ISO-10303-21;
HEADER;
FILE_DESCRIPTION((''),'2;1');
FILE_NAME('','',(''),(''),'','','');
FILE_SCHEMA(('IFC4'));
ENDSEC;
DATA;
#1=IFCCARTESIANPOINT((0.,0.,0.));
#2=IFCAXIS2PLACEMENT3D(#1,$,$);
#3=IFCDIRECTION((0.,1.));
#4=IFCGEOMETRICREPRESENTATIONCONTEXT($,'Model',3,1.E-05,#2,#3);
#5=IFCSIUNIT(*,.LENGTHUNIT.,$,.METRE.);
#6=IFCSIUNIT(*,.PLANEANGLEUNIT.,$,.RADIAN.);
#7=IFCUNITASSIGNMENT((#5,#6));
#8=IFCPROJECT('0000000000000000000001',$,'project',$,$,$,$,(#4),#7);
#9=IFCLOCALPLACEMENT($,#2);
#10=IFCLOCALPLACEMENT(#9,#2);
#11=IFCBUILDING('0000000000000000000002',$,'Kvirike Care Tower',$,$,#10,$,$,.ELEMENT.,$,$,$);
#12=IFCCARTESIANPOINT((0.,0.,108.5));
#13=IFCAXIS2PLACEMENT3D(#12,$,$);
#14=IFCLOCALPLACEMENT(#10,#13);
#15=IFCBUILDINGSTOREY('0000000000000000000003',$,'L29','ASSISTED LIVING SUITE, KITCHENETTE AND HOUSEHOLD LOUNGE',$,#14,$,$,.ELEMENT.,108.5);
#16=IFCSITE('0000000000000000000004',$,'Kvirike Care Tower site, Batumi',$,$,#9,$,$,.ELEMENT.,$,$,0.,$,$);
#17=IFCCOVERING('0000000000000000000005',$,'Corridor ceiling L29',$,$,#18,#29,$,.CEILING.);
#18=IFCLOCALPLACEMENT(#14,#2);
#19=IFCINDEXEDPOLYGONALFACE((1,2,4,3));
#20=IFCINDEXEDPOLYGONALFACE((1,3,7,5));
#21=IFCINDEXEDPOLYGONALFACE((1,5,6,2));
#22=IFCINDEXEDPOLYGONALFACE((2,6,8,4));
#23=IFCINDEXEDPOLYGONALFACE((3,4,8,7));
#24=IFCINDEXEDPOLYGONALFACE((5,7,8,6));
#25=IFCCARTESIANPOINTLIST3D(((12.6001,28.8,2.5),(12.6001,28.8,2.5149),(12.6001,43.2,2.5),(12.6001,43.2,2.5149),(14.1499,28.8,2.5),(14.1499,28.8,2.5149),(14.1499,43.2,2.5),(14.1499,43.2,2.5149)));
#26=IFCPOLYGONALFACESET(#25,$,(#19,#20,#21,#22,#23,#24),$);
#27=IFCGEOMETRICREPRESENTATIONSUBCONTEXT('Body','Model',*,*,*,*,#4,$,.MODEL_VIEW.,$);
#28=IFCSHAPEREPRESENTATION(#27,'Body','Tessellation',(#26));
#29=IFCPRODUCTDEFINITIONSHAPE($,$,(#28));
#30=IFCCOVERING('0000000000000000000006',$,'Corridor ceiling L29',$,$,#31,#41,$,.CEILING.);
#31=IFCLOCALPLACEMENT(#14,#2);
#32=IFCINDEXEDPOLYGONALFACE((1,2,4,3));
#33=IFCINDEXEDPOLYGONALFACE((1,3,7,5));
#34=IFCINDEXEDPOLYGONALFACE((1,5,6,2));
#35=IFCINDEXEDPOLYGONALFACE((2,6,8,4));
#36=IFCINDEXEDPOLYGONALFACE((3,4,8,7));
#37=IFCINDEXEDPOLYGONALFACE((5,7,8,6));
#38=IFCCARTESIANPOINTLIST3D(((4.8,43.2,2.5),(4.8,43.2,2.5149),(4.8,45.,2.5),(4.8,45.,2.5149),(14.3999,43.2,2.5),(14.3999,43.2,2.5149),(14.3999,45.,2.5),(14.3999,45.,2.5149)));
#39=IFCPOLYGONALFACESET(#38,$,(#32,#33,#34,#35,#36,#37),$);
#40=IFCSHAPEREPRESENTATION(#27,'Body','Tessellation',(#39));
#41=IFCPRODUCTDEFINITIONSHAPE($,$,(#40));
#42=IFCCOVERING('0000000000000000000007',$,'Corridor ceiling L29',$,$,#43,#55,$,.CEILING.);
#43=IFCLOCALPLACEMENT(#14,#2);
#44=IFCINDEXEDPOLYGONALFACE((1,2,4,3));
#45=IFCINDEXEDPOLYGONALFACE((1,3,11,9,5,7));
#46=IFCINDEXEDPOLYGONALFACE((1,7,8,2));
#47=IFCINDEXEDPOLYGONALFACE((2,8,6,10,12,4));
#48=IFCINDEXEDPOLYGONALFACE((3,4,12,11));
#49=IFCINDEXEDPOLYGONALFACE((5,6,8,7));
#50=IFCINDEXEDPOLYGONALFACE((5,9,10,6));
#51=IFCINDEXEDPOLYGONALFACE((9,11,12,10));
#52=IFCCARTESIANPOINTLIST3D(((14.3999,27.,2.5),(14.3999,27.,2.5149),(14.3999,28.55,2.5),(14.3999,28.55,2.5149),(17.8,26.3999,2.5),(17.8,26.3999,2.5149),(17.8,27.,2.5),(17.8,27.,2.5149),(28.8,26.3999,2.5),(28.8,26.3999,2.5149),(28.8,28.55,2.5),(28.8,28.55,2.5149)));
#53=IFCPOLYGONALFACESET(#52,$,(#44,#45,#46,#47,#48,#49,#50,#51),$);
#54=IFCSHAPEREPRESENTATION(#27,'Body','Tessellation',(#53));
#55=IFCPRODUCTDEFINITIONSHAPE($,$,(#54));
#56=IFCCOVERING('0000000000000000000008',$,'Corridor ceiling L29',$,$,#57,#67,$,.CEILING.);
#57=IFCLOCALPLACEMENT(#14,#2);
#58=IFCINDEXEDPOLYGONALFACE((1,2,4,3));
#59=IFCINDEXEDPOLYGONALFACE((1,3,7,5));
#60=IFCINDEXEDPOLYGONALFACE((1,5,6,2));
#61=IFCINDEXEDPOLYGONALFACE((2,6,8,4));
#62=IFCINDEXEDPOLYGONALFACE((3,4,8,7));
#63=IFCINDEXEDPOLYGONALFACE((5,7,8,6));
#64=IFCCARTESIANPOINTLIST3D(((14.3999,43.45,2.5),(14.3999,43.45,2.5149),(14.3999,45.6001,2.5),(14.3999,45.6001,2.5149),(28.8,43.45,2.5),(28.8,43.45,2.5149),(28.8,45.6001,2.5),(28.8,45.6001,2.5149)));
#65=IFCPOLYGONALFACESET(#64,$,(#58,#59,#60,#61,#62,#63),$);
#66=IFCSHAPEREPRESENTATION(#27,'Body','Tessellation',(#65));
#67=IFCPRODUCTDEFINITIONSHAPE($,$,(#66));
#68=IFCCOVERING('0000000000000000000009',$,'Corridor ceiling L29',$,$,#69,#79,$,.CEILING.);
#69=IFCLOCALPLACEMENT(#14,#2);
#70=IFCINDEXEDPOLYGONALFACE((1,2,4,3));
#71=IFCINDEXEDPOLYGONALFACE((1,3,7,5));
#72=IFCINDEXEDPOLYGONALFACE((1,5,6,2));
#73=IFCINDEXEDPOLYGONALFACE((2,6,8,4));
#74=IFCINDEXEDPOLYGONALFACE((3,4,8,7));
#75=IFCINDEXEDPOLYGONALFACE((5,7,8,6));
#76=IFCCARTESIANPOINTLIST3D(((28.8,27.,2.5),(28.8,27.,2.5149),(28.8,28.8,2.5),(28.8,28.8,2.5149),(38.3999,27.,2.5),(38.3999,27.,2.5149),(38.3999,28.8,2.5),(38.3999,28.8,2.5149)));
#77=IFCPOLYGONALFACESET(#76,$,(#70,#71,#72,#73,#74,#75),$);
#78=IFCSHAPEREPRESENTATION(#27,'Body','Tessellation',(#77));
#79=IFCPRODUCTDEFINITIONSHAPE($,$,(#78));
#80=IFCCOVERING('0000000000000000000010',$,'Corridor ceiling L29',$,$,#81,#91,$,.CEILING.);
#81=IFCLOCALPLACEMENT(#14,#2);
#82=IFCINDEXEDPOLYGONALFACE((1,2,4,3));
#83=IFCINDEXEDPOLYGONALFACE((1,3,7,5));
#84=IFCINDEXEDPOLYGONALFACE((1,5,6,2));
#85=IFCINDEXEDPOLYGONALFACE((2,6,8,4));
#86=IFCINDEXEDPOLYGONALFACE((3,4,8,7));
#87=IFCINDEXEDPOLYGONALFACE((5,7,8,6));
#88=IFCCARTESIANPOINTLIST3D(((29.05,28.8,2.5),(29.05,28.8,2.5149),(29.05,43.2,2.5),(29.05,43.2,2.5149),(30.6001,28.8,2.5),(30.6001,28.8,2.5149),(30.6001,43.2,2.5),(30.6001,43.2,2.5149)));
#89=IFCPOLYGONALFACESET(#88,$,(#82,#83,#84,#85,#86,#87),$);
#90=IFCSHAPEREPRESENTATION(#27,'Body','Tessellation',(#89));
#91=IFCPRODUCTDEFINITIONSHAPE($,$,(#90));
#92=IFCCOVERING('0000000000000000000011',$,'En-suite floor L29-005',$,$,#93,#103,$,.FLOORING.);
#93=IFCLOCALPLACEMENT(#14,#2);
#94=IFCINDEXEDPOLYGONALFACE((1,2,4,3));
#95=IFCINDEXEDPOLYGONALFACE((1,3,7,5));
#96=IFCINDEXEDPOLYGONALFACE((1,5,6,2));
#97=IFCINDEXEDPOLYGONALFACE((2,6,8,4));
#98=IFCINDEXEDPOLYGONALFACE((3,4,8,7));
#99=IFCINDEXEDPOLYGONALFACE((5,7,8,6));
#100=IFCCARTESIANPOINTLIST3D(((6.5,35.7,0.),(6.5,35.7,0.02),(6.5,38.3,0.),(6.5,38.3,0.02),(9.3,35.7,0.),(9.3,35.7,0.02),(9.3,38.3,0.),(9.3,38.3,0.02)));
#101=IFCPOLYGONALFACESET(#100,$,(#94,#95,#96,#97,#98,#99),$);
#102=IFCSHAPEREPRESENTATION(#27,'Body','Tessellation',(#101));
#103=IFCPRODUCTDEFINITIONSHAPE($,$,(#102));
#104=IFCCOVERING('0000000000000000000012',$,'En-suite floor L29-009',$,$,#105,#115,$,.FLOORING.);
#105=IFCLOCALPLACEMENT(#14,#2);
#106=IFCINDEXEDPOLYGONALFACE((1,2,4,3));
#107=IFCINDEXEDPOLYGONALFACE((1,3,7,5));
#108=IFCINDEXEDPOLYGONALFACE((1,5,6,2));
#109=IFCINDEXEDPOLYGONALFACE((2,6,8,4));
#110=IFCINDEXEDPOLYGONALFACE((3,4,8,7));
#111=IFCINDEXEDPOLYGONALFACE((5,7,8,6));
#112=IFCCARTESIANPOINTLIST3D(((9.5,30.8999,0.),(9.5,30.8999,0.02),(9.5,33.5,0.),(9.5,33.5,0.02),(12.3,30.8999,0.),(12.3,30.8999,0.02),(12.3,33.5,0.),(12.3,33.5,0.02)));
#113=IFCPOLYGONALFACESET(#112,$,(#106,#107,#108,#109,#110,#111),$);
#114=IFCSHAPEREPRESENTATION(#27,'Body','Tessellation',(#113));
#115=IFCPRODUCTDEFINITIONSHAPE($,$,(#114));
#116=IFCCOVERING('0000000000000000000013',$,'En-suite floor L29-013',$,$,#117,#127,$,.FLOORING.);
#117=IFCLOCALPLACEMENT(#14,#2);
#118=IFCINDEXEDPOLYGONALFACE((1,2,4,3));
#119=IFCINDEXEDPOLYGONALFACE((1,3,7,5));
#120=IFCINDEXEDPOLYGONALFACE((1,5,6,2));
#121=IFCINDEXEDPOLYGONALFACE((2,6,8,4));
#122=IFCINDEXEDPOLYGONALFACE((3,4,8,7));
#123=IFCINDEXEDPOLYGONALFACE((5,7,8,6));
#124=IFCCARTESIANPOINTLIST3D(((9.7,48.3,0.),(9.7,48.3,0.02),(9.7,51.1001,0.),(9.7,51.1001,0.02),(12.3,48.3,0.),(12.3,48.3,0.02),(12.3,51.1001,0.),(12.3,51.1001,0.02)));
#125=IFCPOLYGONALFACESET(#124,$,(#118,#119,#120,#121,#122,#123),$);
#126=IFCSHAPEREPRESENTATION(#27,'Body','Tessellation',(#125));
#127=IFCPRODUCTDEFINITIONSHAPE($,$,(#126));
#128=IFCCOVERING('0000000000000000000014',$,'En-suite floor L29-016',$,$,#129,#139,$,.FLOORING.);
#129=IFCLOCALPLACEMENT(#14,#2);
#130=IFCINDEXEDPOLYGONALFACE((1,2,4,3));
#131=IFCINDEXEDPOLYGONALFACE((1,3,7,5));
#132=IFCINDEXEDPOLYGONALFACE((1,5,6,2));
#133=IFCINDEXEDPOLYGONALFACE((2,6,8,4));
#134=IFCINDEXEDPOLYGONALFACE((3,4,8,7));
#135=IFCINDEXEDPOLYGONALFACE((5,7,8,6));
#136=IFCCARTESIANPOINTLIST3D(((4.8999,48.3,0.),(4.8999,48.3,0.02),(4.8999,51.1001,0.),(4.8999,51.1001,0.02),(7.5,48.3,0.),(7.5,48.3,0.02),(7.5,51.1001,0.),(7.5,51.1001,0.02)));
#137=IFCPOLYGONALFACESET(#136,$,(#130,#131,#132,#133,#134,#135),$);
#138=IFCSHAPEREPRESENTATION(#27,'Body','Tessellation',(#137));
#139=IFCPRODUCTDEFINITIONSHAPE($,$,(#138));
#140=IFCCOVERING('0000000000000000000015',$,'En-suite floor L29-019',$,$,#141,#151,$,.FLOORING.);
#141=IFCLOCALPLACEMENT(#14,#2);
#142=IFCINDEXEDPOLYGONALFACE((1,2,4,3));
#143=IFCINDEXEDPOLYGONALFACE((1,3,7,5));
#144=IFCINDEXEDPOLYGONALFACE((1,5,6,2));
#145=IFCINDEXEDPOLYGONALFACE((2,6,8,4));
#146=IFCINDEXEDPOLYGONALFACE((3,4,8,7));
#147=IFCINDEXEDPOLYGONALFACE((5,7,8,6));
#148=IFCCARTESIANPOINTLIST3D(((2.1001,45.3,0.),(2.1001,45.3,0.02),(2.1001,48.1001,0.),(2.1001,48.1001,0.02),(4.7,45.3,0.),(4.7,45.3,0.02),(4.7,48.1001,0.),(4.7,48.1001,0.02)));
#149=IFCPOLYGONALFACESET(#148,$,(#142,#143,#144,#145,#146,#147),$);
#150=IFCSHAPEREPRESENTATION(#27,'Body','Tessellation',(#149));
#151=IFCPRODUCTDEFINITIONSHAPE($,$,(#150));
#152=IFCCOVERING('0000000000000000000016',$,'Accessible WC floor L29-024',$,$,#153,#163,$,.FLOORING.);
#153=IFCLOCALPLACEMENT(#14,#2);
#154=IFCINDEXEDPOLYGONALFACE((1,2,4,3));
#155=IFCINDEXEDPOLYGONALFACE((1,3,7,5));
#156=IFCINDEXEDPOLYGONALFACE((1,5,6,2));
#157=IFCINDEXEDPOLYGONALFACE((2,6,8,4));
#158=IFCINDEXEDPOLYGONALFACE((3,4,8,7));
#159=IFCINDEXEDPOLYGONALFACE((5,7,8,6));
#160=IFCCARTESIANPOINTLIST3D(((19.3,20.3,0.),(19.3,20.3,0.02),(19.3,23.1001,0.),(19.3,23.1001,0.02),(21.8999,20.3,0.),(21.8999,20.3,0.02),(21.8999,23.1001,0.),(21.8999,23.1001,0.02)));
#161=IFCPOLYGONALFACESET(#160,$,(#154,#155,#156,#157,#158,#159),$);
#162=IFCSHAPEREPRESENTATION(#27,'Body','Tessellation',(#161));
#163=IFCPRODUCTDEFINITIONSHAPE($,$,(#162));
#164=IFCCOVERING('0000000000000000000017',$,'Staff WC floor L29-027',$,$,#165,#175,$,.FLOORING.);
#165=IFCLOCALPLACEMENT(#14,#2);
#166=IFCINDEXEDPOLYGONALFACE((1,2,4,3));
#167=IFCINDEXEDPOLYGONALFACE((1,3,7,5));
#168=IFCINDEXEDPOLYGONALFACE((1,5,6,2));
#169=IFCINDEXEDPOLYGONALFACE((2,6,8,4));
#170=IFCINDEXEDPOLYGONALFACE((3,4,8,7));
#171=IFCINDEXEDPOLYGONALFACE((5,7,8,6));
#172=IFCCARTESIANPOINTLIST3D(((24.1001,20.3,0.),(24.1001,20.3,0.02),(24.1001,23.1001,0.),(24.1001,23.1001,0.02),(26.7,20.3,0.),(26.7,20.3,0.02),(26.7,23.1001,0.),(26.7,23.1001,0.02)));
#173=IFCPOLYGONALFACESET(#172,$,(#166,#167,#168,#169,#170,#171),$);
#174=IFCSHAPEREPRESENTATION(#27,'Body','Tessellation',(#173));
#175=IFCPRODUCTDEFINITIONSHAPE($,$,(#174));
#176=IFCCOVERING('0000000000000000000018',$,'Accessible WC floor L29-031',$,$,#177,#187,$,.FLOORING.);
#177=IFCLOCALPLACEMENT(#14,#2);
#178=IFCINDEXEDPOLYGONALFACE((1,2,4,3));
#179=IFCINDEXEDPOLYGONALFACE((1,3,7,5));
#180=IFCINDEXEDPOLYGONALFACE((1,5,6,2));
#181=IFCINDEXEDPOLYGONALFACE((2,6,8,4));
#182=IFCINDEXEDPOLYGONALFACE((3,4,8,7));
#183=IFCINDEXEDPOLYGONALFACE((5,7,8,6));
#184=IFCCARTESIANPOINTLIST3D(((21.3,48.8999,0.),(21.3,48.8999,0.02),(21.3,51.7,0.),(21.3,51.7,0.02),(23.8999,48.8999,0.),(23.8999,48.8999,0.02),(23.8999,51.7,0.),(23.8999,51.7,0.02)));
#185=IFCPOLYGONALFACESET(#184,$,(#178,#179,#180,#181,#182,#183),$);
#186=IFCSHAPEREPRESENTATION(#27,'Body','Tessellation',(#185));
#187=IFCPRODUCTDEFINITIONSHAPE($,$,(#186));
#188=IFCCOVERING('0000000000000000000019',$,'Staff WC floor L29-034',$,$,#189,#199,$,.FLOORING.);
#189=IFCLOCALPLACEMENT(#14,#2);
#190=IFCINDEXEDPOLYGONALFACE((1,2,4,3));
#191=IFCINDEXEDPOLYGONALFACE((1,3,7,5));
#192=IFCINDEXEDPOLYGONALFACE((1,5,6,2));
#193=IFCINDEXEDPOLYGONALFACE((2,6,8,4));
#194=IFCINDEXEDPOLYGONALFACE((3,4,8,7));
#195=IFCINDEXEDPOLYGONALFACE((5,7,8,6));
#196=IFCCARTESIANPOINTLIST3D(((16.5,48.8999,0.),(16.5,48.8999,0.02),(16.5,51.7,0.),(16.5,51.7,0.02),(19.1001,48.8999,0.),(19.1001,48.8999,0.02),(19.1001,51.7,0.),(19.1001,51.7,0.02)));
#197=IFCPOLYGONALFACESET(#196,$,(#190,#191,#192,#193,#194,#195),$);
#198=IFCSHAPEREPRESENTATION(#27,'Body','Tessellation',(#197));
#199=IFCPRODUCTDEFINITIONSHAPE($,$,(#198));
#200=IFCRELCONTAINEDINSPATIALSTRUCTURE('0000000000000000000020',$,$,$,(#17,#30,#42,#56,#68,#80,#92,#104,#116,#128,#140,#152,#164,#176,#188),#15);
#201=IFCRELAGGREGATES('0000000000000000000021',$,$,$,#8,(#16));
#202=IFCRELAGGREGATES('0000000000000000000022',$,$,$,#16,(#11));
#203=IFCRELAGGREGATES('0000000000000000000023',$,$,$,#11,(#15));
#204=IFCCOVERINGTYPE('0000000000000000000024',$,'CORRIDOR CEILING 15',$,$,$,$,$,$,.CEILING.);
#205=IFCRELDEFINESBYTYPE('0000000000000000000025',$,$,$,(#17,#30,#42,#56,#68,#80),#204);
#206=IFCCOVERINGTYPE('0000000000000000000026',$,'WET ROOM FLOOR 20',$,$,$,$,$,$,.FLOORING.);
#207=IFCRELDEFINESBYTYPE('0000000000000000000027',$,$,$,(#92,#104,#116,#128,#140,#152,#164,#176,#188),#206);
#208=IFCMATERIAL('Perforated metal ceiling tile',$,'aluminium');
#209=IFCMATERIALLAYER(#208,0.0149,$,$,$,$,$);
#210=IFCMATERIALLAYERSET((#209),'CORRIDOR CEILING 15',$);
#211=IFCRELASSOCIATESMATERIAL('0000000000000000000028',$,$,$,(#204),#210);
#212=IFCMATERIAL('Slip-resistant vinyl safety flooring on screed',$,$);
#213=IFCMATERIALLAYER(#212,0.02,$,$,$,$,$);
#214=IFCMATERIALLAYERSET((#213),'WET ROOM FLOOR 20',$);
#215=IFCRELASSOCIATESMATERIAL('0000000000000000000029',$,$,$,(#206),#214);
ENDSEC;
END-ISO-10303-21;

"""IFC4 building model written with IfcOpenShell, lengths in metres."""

from ifc_helpers import new_model, si_unit, direction, frame, origin, place, context, subcontext, project, spatial, polyline, outline, extrude, material, layer, layer_set, type_object, element, save


model = new_model("IFC4")

# Units and contexts
model_context = context("Model", 3, precision=1e-05, world=origin(), true_north=direction((0.0, 1.0)))
body_context = subcontext(model_context, "Body", "Model", "MODEL_VIEW")
ifc_project = project(units=[si_unit("LENGTHUNIT", "METRE"), si_unit("PLANEANGLEUNIT", "RADIAN")], contexts=[model_context])

# Site, building, storey
site_placement = place(None, origin())
site = spatial("IfcSite", under=ifc_project, at=site_placement, Name="Kvirike Care Tower site, Batumi", CompositionType="ELEMENT", RefElevation=0.0)
building_placement = place(site_placement, origin())
building = spatial("IfcBuilding", under=site, at=building_placement, Name="Kvirike Care Tower", CompositionType="ELEMENT")
storey_placement = place(building_placement, frame((0.0, 0.0, 108.5)))
storey = spatial("IfcBuildingStorey", under=building, at=storey_placement, Name="L29", Description="ASSISTED LIVING SUITE, KITCHENETTE AND HOUSEHOLD LOUNGE", CompositionType="ELEMENT", Elevation=108.5)

# Coverings
ifc_material_1 = material(Name="Perforated metal ceiling tile", Category="aluminium")
ifc_layer_1 = layer(ifc_material_1, 0.0149)
ifc_layer_set_1 = layer_set([ifc_layer_1], Name="CORRIDOR CEILING 15")
covering_type_1 = type_object("IfcCoveringType", Name="CORRIDOR CEILING 15", PredefinedType="CEILING", material=ifc_layer_set_1)
covering_1_placement = place(storey_placement, frame((0.0, 0.0, 2.5)))
element("IfcCovering", 1, at=covering_1_placement, inside=storey, type_object=covering_type_1, Name="Corridor ceiling L29", PredefinedType="CEILING", context=body_context, shape_type="SweptSolid", body=[
    extrude(outline(polyline([(12.6001, 43.2), (14.1499, 43.2), (14.1499, 28.8), (12.6001, 28.8), (12.6001, 43.2)])), origin(), (0.0, 0.0, 1.0), 0.0149),
])
covering_2_placement = place(storey_placement, frame((0.0, 0.0, 2.5)))
element("IfcCovering", 2, at=covering_2_placement, inside=storey, type_object=covering_type_1, Name="Corridor ceiling L29", PredefinedType="CEILING", context=body_context, shape_type="SweptSolid", body=[
    extrude(outline(polyline([(14.3999, 45.0), (14.3999, 43.2), (4.8, 43.2), (4.8, 45.0), (14.3999, 45.0)])), origin(), (0.0, 0.0, 1.0), 0.0149),
])
covering_3_placement = place(storey_placement, frame((0.0, 0.0, 2.5)))
element("IfcCovering", 3, at=covering_3_placement, inside=storey, type_object=covering_type_1, Name="Corridor ceiling L29", PredefinedType="CEILING", context=body_context, shape_type="SweptSolid", body=[
    extrude(outline(polyline([(14.3999, 28.55), (28.8, 28.55), (28.8, 26.3999), (17.8, 26.3999), (17.8, 27.0), (14.3999, 27.0), (14.3999, 28.55)])), origin(), (0.0, 0.0, 1.0), 0.0149),
])
covering_4_placement = place(storey_placement, frame((0.0, 0.0, 2.5)))
element("IfcCovering", 4, at=covering_4_placement, inside=storey, type_object=covering_type_1, Name="Corridor ceiling L29", PredefinedType="CEILING", context=body_context, shape_type="SweptSolid", body=[
    extrude(outline(polyline([(28.8, 45.6001), (28.8, 43.45), (14.3999, 43.45), (14.3999, 45.6001), (28.8, 45.6001)])), origin(), (0.0, 0.0, 1.0), 0.0149),
])
covering_5_placement = place(storey_placement, frame((0.0, 0.0, 2.5)))
element("IfcCovering", 5, at=covering_5_placement, inside=storey, type_object=covering_type_1, Name="Corridor ceiling L29", PredefinedType="CEILING", context=body_context, shape_type="SweptSolid", body=[
    extrude(outline(polyline([(28.8, 27.0), (28.8, 28.8), (38.3999, 28.8), (38.3999, 27.0), (28.8, 27.0)])), origin(), (0.0, 0.0, 1.0), 0.0149),
])
covering_6_placement = place(storey_placement, frame((0.0, 0.0, 2.5)))
element("IfcCovering", 6, at=covering_6_placement, inside=storey, type_object=covering_type_1, Name="Corridor ceiling L29", PredefinedType="CEILING", context=body_context, shape_type="SweptSolid", body=[
    extrude(outline(polyline([(30.6001, 28.8), (29.05, 28.8), (29.05, 43.2), (30.6001, 43.2), (30.6001, 28.8)])), origin(), (0.0, 0.0, 1.0), 0.0149),
])
ifc_material_2 = material(Name="Slip-resistant vinyl safety flooring on screed")
ifc_layer_2 = layer(ifc_material_2, 0.02)
ifc_layer_set_2 = layer_set([ifc_layer_2], Name="WET ROOM FLOOR 20")
covering_type_2 = type_object("IfcCoveringType", Name="WET ROOM FLOOR 20", PredefinedType="FLOORING", material=ifc_layer_set_2)
covering_7_placement = place(storey_placement, origin())
element("IfcCovering", 7, at=covering_7_placement, inside=storey, type_object=covering_type_2, Name="En-suite floor L29-005", PredefinedType="FLOORING", context=body_context, shape_type="SweptSolid", body=[
    extrude(outline(polyline([(6.5, 38.3), (9.3, 38.3), (9.3, 35.7), (6.5, 35.7), (6.5, 38.3)])), origin(), (0.0, 0.0, 1.0), 0.02),
])
covering_8_placement = place(storey_placement, origin())
element("IfcCovering", 8, at=covering_8_placement, inside=storey, type_object=covering_type_2, Name="En-suite floor L29-009", PredefinedType="FLOORING", context=body_context, shape_type="SweptSolid", body=[
    extrude(outline(polyline([(9.5, 33.5), (12.3, 33.5), (12.3, 30.8999), (9.5, 30.8999), (9.5, 33.5)])), origin(), (0.0, 0.0, 1.0), 0.02),
])
covering_9_placement = place(storey_placement, origin())
element("IfcCovering", 9, at=covering_9_placement, inside=storey, type_object=covering_type_2, Name="En-suite floor L29-013", PredefinedType="FLOORING", context=body_context, shape_type="SweptSolid", body=[
    extrude(outline(polyline([(12.3, 51.1001), (12.3, 48.3), (9.7, 48.3), (9.7, 51.1001), (12.3, 51.1001)])), origin(), (0.0, 0.0, 1.0), 0.02),
])
covering_10_placement = place(storey_placement, origin())
element("IfcCovering", 10, at=covering_10_placement, inside=storey, type_object=covering_type_2, Name="En-suite floor L29-016", PredefinedType="FLOORING", context=body_context, shape_type="SweptSolid", body=[
    extrude(outline(polyline([(7.5, 51.1001), (7.5, 48.3), (4.8999, 48.3), (4.8999, 51.1001), (7.5, 51.1001)])), origin(), (0.0, 0.0, 1.0), 0.02),
])
covering_11_placement = place(storey_placement, origin())
element("IfcCovering", 11, at=covering_11_placement, inside=storey, type_object=covering_type_2, Name="En-suite floor L29-019", PredefinedType="FLOORING", context=body_context, shape_type="SweptSolid", body=[
    extrude(outline(polyline([(4.7, 48.1001), (4.7, 45.3), (2.1001, 45.3), (2.1001, 48.1001), (4.7, 48.1001)])), origin(), (0.0, 0.0, 1.0), 0.02),
])
covering_12_placement = place(storey_placement, origin())
element("IfcCovering", 12, at=covering_12_placement, inside=storey, type_object=covering_type_2, Name="Accessible WC floor L29-024", PredefinedType="FLOORING", context=body_context, shape_type="SweptSolid", body=[
    extrude(outline(polyline([(19.3, 20.3), (19.3, 23.1001), (21.8999, 23.1001), (21.8999, 20.3), (19.3, 20.3)])), origin(), (0.0, 0.0, 1.0), 0.02),
])
covering_13_placement = place(storey_placement, origin())
element("IfcCovering", 13, at=covering_13_placement, inside=storey, type_object=covering_type_2, Name="Staff WC floor L29-027", PredefinedType="FLOORING", context=body_context, shape_type="SweptSolid", body=[
    extrude(outline(polyline([(24.1001, 20.3), (24.1001, 23.1001), (26.7, 23.1001), (26.7, 20.3), (24.1001, 20.3)])), origin(), (0.0, 0.0, 1.0), 0.02),
])
covering_14_placement = place(storey_placement, origin())
element("IfcCovering", 14, at=covering_14_placement, inside=storey, type_object=covering_type_2, Name="Accessible WC floor L29-031", PredefinedType="FLOORING", context=body_context, shape_type="SweptSolid", body=[
    extrude(outline(polyline([(23.8999, 51.7), (23.8999, 48.8999), (21.3, 48.8999), (21.3, 51.7), (23.8999, 51.7)])), origin(), (0.0, 0.0, 1.0), 0.02),
])
covering_15_placement = place(storey_placement, origin())
element("IfcCovering", 15, at=covering_15_placement, inside=storey, type_object=covering_type_2, Name="Staff WC floor L29-034", PredefinedType="FLOORING", context=body_context, shape_type="SweptSolid", body=[
    extrude(outline(polyline([(19.1001, 51.7), (19.1001, 48.8999), (16.5, 48.8999), (16.5, 51.7), (19.1001, 51.7)])), origin(), (0.0, 0.0, 1.0), 0.02),
])

save(model, "model.ifc")
